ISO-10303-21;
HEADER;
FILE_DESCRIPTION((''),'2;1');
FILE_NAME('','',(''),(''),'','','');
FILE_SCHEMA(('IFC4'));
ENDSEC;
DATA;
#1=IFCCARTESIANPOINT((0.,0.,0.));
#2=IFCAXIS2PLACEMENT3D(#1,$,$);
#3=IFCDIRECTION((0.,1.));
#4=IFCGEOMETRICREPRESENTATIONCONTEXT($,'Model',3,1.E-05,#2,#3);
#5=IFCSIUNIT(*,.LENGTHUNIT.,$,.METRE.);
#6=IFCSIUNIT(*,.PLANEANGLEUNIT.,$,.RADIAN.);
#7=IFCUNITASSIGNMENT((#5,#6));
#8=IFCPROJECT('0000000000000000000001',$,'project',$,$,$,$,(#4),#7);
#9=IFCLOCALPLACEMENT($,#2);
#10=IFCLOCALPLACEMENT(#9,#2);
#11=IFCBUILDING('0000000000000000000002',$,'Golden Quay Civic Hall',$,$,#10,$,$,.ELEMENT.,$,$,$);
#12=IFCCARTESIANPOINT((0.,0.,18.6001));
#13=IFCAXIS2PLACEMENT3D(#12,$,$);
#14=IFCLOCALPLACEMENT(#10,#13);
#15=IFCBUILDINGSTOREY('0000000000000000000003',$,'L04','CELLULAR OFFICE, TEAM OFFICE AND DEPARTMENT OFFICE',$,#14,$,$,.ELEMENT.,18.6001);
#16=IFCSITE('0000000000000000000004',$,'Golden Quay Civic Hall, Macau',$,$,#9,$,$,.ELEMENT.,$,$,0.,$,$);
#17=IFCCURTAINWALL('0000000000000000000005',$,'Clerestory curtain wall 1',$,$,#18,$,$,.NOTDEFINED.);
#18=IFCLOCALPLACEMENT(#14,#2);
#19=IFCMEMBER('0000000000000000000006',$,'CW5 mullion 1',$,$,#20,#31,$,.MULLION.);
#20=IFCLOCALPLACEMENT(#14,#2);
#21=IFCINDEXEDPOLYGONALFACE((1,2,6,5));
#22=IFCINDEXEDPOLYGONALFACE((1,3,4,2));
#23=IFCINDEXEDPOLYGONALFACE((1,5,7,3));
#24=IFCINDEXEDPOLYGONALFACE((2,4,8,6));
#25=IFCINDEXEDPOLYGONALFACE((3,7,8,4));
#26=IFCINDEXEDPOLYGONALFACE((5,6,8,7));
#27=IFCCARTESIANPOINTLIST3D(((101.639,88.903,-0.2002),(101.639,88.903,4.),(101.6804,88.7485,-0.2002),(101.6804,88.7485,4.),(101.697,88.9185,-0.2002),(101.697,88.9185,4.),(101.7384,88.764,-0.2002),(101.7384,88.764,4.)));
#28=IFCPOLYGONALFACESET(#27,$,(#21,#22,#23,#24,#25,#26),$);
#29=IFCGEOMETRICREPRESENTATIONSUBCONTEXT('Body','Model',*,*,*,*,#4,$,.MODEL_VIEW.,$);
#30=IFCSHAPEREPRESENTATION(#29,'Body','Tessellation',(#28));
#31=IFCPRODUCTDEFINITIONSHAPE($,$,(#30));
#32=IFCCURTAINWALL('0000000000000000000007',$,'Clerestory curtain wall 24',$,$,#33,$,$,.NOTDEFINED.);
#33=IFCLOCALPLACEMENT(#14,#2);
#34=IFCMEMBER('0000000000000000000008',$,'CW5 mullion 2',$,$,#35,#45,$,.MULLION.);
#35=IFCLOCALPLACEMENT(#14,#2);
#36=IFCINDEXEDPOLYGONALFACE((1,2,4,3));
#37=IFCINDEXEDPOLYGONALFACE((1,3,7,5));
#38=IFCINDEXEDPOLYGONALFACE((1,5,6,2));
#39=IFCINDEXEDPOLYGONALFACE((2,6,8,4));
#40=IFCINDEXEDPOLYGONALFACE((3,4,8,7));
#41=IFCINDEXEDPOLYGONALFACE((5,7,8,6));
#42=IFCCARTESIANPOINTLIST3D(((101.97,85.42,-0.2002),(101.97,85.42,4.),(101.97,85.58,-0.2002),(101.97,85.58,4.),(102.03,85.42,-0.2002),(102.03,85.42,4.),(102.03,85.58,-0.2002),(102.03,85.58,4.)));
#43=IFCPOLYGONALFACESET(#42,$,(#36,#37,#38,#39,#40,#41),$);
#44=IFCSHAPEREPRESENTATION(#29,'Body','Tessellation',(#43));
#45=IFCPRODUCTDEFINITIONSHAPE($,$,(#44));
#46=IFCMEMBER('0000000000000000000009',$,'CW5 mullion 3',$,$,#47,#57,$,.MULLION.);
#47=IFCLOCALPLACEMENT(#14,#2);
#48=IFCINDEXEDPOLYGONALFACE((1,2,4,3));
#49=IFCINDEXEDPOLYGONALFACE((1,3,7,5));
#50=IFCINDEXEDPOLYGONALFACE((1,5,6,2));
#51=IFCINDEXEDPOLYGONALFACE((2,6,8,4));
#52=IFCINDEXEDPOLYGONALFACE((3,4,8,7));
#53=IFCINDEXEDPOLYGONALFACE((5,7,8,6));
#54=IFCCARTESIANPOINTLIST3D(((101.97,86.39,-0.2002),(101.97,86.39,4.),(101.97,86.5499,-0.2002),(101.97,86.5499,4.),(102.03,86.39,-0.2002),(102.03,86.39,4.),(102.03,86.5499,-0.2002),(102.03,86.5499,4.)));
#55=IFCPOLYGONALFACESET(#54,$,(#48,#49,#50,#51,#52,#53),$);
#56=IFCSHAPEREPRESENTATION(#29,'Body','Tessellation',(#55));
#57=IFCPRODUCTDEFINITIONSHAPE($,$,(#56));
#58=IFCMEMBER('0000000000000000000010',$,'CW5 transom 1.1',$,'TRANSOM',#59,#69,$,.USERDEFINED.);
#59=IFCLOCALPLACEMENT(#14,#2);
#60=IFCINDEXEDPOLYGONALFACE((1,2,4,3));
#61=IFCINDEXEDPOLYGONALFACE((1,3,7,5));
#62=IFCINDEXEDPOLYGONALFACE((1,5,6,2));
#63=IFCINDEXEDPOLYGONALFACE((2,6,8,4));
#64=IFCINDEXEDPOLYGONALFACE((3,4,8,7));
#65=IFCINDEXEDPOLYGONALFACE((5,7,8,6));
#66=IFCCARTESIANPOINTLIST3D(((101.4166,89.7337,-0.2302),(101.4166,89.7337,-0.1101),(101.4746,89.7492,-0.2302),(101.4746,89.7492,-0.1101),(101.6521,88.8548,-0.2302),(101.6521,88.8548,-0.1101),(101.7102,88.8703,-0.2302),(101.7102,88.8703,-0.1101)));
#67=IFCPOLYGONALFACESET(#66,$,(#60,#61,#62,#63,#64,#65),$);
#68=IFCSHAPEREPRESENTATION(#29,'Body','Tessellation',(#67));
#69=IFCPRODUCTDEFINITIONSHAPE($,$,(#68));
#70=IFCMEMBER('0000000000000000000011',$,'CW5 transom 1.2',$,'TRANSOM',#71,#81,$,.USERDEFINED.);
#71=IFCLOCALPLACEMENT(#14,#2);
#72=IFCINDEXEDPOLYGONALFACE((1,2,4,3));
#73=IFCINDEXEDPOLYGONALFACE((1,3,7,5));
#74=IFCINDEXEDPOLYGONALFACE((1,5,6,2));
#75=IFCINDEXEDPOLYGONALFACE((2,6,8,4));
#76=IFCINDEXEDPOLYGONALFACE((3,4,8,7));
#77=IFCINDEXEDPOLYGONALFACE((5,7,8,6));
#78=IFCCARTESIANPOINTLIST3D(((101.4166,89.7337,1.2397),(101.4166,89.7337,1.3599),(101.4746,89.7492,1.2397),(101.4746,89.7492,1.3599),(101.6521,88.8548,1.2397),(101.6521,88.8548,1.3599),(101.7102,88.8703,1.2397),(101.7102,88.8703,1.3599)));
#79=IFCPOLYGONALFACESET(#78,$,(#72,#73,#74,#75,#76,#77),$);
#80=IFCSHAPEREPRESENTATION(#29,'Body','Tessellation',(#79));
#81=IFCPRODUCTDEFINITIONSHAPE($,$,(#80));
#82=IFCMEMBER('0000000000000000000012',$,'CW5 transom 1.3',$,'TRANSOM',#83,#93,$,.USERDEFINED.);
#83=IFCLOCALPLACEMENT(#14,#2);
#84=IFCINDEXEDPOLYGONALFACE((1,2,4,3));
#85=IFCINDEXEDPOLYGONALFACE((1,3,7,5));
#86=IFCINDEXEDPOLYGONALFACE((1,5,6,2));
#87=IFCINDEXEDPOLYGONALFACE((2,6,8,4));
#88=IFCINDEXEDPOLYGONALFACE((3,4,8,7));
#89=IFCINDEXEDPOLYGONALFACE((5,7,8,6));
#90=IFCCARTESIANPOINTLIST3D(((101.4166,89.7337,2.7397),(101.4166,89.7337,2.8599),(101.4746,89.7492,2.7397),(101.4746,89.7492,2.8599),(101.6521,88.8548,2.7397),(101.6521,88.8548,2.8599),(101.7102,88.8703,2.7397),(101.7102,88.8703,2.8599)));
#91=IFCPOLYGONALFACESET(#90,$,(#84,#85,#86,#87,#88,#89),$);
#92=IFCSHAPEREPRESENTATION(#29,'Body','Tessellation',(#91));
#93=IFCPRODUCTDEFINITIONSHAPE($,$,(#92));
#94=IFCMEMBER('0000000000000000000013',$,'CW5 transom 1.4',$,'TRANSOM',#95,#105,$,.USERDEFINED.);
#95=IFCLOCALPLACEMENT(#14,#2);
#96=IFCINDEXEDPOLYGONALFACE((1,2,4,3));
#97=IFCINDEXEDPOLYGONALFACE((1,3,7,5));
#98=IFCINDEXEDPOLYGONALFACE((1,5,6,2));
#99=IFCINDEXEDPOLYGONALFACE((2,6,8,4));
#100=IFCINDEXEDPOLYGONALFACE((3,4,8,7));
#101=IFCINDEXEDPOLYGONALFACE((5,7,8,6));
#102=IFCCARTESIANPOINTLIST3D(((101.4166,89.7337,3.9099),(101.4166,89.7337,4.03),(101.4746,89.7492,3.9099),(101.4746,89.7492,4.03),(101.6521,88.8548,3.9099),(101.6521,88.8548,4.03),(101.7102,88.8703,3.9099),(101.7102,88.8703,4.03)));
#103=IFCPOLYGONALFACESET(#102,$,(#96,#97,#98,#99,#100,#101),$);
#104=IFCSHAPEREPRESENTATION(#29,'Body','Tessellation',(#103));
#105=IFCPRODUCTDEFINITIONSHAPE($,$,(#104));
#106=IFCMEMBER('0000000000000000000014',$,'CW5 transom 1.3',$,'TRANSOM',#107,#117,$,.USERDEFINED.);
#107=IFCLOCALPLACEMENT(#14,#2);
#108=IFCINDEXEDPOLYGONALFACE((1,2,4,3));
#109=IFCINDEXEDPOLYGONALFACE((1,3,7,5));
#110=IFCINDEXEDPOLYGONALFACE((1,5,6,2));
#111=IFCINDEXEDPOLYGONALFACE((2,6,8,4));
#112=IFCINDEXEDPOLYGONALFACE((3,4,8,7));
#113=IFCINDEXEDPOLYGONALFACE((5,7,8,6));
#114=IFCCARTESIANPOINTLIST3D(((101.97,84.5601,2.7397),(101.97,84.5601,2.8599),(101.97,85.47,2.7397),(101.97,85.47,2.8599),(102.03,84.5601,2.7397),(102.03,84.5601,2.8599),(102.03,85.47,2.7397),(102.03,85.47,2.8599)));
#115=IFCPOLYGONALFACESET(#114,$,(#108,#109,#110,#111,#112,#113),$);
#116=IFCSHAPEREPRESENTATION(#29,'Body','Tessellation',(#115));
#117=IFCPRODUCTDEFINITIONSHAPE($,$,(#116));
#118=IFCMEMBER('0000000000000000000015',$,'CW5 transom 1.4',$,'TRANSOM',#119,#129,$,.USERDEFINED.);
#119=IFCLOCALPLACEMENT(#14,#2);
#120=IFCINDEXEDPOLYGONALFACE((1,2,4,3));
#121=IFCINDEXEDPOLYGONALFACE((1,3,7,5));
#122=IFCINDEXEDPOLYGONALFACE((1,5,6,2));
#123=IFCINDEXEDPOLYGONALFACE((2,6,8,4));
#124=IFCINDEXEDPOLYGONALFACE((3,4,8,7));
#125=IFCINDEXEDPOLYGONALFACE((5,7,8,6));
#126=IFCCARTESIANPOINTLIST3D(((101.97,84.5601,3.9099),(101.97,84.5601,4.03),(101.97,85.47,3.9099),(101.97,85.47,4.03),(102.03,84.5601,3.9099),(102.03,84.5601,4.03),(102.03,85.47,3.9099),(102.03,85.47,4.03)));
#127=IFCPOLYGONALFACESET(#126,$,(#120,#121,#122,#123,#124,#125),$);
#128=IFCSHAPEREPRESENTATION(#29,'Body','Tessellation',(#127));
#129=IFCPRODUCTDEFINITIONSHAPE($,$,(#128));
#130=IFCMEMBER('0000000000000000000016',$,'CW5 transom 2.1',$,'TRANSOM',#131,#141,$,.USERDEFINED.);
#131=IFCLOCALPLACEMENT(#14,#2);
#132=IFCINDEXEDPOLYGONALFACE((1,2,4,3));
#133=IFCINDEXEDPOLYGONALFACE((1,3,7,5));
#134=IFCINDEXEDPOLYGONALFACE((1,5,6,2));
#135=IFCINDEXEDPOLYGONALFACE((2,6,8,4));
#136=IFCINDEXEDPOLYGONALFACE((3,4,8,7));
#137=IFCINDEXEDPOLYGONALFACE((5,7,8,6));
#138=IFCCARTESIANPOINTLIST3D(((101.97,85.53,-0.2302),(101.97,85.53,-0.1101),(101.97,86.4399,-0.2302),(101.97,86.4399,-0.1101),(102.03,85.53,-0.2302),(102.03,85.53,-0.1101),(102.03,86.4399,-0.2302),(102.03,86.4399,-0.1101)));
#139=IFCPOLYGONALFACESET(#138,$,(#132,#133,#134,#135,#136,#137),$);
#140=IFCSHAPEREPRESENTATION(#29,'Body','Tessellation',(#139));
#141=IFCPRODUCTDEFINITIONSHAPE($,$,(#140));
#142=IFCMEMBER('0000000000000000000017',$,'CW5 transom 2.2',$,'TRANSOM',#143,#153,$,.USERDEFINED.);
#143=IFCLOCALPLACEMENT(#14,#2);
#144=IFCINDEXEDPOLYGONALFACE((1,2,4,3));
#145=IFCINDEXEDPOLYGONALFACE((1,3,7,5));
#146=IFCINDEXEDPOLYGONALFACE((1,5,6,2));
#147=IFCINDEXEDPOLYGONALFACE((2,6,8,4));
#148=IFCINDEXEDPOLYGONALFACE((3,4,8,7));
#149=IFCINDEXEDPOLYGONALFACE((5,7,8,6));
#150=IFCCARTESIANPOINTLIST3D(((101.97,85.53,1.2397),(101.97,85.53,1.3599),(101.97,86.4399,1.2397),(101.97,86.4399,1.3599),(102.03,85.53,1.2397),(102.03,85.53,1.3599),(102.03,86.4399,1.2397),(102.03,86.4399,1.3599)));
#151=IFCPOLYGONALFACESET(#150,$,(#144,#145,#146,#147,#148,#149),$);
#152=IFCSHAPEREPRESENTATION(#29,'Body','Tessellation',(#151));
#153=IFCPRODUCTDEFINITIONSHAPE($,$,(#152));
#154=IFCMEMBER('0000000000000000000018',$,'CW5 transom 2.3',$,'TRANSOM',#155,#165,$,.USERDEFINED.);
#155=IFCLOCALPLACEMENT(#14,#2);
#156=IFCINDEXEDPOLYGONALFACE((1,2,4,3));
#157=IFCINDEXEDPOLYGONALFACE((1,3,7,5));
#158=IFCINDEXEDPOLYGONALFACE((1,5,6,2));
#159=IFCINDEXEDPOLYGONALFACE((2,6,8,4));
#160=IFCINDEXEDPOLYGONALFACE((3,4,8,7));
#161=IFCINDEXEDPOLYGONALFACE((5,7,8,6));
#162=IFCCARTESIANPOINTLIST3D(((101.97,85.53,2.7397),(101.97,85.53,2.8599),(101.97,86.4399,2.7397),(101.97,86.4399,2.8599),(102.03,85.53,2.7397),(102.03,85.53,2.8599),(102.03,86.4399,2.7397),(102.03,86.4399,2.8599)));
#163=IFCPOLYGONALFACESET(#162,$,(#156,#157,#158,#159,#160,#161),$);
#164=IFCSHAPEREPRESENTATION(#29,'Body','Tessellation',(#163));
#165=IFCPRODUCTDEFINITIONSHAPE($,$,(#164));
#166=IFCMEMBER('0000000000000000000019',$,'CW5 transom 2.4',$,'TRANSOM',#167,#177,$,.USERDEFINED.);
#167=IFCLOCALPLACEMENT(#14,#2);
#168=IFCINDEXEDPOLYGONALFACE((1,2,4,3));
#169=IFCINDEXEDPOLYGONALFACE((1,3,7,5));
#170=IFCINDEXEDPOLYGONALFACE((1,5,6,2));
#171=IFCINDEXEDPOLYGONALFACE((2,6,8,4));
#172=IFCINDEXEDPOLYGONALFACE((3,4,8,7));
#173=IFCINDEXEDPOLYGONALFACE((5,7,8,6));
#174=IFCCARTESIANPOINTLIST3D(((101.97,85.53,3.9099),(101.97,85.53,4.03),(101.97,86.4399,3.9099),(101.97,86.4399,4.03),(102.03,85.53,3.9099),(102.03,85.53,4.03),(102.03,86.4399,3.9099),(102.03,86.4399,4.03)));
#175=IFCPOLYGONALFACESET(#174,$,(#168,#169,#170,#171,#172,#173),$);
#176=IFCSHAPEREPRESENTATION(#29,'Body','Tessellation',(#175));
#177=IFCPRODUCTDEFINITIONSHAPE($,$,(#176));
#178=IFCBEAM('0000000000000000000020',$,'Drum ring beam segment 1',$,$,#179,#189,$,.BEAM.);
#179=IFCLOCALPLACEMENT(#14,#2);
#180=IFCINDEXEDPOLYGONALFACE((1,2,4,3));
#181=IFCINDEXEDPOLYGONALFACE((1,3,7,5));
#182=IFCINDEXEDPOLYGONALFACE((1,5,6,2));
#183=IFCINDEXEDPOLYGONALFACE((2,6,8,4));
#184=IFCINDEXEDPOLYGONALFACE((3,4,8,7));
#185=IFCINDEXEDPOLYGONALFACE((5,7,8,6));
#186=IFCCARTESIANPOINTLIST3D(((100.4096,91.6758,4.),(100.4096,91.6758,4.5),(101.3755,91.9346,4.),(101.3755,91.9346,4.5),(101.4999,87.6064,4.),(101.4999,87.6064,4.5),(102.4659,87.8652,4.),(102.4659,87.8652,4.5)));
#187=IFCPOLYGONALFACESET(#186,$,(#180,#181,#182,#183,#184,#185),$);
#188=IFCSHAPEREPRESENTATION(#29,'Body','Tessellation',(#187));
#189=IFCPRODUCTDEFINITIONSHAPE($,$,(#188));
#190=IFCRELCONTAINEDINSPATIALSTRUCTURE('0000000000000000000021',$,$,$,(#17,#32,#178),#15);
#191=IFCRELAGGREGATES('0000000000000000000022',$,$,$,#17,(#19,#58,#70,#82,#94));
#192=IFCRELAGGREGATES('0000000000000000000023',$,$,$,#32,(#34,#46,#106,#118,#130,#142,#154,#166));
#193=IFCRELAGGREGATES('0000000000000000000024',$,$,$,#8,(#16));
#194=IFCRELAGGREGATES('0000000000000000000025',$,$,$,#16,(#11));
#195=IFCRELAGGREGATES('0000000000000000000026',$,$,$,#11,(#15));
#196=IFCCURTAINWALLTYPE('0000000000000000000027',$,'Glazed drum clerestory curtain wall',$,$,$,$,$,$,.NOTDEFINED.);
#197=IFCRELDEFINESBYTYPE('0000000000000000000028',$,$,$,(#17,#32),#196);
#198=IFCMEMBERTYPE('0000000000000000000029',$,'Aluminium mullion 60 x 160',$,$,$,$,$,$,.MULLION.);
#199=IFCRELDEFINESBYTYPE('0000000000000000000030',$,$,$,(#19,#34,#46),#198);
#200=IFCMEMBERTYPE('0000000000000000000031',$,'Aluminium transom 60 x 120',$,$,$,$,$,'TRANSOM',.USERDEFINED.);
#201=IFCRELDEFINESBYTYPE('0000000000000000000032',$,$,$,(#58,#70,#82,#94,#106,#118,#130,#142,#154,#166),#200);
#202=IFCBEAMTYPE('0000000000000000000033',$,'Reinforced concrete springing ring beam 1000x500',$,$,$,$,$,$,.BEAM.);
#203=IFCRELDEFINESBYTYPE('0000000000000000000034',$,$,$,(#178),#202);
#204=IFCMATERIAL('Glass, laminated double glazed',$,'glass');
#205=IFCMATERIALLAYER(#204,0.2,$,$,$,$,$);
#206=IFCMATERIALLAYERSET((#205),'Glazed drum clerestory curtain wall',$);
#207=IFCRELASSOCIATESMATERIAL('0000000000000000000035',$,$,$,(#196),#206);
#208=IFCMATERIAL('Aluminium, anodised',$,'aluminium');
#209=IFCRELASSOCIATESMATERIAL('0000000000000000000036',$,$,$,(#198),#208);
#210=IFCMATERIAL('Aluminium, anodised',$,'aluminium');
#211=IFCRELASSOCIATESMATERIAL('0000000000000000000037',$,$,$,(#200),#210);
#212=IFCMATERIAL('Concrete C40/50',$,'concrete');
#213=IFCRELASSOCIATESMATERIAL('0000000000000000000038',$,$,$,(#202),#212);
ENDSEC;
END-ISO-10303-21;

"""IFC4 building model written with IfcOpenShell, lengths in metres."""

from ifc_helpers import new_model, si_unit, direction, frame, origin, origin_2d, place, context, subcontext, project, spatial, rectangle, extrude, material, layer, layer_set, material_profile, profile_set, type_object, element, aggregate, save


model = new_model("IFC4")

# Units and contexts
model_context = context("Model", 3, precision=1e-05, world=origin(), true_north=direction((0.0, 1.0)))
body_context = subcontext(model_context, "Body", "Model", "MODEL_VIEW")
ifc_project = project(units=[si_unit("LENGTHUNIT", "METRE"), si_unit("PLANEANGLEUNIT", "RADIAN")], contexts=[model_context])

# Site, building, storey
site_placement = place(None, origin())
site = spatial("IfcSite", under=ifc_project, at=site_placement, Name="Golden Quay Civic Hall, Macau", CompositionType="ELEMENT", RefElevation=0.0)
building_placement = place(site_placement, origin())
building = spatial("IfcBuilding", under=site, at=building_placement, Name="Golden Quay Civic Hall", CompositionType="ELEMENT")
storey_placement = place(building_placement, frame((0.0, 0.0, 18.6001)))
storey = spatial("IfcBuildingStorey", under=building, at=storey_placement, Name="L04", Description="CELLULAR OFFICE, TEAM OFFICE AND DEPARTMENT OFFICE", CompositionType="ELEMENT", Elevation=18.6001)

# Curtain wall, member
ifc_material_1 = material(Name="Glass, laminated double glazed", Category="glass")
ifc_layer_1 = layer(ifc_material_1, 0.2)
ifc_layer_set_1 = layer_set([ifc_layer_1], Name="Glazed drum clerestory curtain wall")
curtain_wall_type = type_object("IfcCurtainWallType", Name="Glazed drum clerestory curtain wall", PredefinedType="NOTDEFINED", material=ifc_layer_set_1)
curtain_wall_1_placement = place(storey_placement, origin())
curtain_wall_1 = element("IfcCurtainWall", 1, at=curtain_wall_1_placement, inside=storey, type_object=curtain_wall_type, Name="Clerestory curtain wall 1", PredefinedType="NOTDEFINED")
ifc_material_2 = material(Name="Aluminium, anodised", Category="aluminium")
ifc_material_profile_1 = material_profile(ifc_material_2, rectangle(XDim=0.0601, YDim=0.1599, at=origin_2d()), Name="Aluminium 60 x 160")
ifc_profile_set_1 = profile_set([ifc_material_profile_1], Name="Aluminium, anodised")
member_type_1 = type_object("IfcMemberType", Name="Aluminium mullion 60 x 160", PredefinedType="MULLION", material=ifc_profile_set_1)
member_1_placement = place(storey_placement, frame((101.6887, 88.8335, -0.2002), z_axis=(0.0, 0.0, 1.0), x_axis=(-0.965929, -0.258808, 0.0)))
member_1 = element("IfcMember", 2, at=member_1_placement, type_object=member_type_1, Name="CW5 mullion 1", PredefinedType="MULLION", context=body_context, shape_type="SweptSolid", body=[
    extrude(rectangle(XDim=0.0601, YDim=0.1599, at=origin_2d()), origin(), (0.0, 0.0, 1.0), 4.2002),
])

# Curtain wall, members
curtain_wall_2_placement = place(storey_placement, origin())
curtain_wall_2 = element("IfcCurtainWall", 3, at=curtain_wall_2_placement, inside=storey, type_object=curtain_wall_type, Name="Clerestory curtain wall 24", PredefinedType="NOTDEFINED")
member_2_placement = place(storey_placement, frame((102.0, 85.5, -0.2002), z_axis=(0.0, 0.0, 1.0), x_axis=(-1.0, 0.0, 0.0)))
member_2 = element("IfcMember", 4, at=member_2_placement, type_object=member_type_1, Name="CW5 mullion 2", PredefinedType="MULLION", context=body_context, shape_type="SweptSolid", body=[
    extrude(rectangle(XDim=0.0601, YDim=0.1599, at=origin_2d()), origin(), (0.0, 0.0, 1.0), 4.2002),
])
member_3_placement = place(storey_placement, frame((102.0, 86.47, -0.2002), z_axis=(0.0, 0.0, 1.0), x_axis=(-1.0, 0.0, 0.0)))
member_3 = element("IfcMember", 5, at=member_3_placement, type_object=member_type_1, Name="CW5 mullion 3", PredefinedType="MULLION", context=body_context, shape_type="SweptSolid", body=[
    extrude(rectangle(XDim=0.0601, YDim=0.1599, at=origin_2d()), origin(), (0.0, 0.0, 1.0), 4.2002),
])

# Members
ifc_material_3 = material(Name="Aluminium, anodised", Category="aluminium")
ifc_material_profile_2 = material_profile(ifc_material_3, rectangle(XDim=0.0601, YDim=0.1201, at=origin_2d()), Name="Aluminium 60 x 120")
ifc_profile_set_2 = profile_set([ifc_material_profile_2], Name="Aluminium, anodised")
member_type_2 = type_object("IfcMemberType", Name="Aluminium transom 60 x 120", ElementType="TRANSOM", PredefinedType="USERDEFINED", material=ifc_profile_set_2)
member_4_placement = place(storey_placement, frame((101.6812, 88.8625, -0.1702), z_axis=(-0.258915, 0.9659, 0.0), x_axis=(-0.9659, -0.258915, 0.0)))
member_4 = element("IfcMember", 6, at=member_4_placement, type_object=member_type_2, Name="CW5 transom 1.1", ObjectType="TRANSOM", PredefinedType="USERDEFINED", context=body_context, shape_type="SweptSolid", body=[
    extrude(rectangle(XDim=0.0601, YDim=0.1201, at=origin_2d()), origin(), (0.0, 0.0, 1.0), 0.9099),
])
member_5_placement = place(storey_placement, frame((101.6812, 88.8625, 1.2998), z_axis=(-0.258915, 0.9659, 0.0), x_axis=(-0.9659, -0.258915, 0.0)))
member_5 = element("IfcMember", 7, at=member_5_placement, type_object=member_type_2, Name="CW5 transom 1.2", ObjectType="TRANSOM", PredefinedType="USERDEFINED", context=body_context, shape_type="SweptSolid", body=[
    extrude(rectangle(XDim=0.0601, YDim=0.1201, at=origin_2d()), origin(), (0.0, 0.0, 1.0), 0.9099),
])
member_6_placement = place(storey_placement, frame((101.6812, 88.8625, 2.7998), z_axis=(-0.258915, 0.9659, 0.0), x_axis=(-0.9659, -0.258915, 0.0)))
member_6 = element("IfcMember", 8, at=member_6_placement, type_object=member_type_2, Name="CW5 transom 1.3", ObjectType="TRANSOM", PredefinedType="USERDEFINED", context=body_context, shape_type="SweptSolid", body=[
    extrude(rectangle(XDim=0.0601, YDim=0.1201, at=origin_2d()), origin(), (0.0, 0.0, 1.0), 0.9099),
])
member_7_placement = place(storey_placement, frame((101.6812, 88.8625, 3.97), z_axis=(-0.258915, 0.9659, 0.0), x_axis=(-0.9659, -0.258915, 0.0)))
member_7 = element("IfcMember", 9, at=member_7_placement, type_object=member_type_2, Name="CW5 transom 1.4", ObjectType="TRANSOM", PredefinedType="USERDEFINED", context=body_context, shape_type="SweptSolid", body=[
    extrude(rectangle(XDim=0.0601, YDim=0.1201, at=origin_2d()), origin(), (0.0, 0.0, 1.0), 0.9099),
])
aggregate(curtain_wall_1, [member_1, member_4, member_5, member_6, member_7])
member_8_placement = place(storey_placement, frame((102.0, 84.5601, 2.7998), z_axis=(0.0, 1.0, 0.0), x_axis=(-1.0, 0.0, 0.0)))
member_8 = element("IfcMember", 10, at=member_8_placement, type_object=member_type_2, Name="CW5 transom 1.3", ObjectType="TRANSOM", PredefinedType="USERDEFINED", context=body_context, shape_type="SweptSolid", body=[
    extrude(rectangle(XDim=0.0601, YDim=0.1201, at=origin_2d()), origin(), (0.0, 0.0, 1.0), 0.9099),
])
member_9_placement = place(storey_placement, frame((102.0, 84.5601, 3.97), z_axis=(0.0, 1.0, 0.0), x_axis=(-1.0, 0.0, 0.0)))
member_9 = element("IfcMember", 11, at=member_9_placement, type_object=member_type_2, Name="CW5 transom 1.4", ObjectType="TRANSOM", PredefinedType="USERDEFINED", context=body_context, shape_type="SweptSolid", body=[
    extrude(rectangle(XDim=0.0601, YDim=0.1201, at=origin_2d()), origin(), (0.0, 0.0, 1.0), 0.9099),
])
member_10_placement = place(storey_placement, frame((102.0, 85.53, -0.1702), z_axis=(0.0, 1.0, 0.0), x_axis=(-1.0, 0.0, 0.0)))
member_10 = element("IfcMember", 12, at=member_10_placement, type_object=member_type_2, Name="CW5 transom 2.1", ObjectType="TRANSOM", PredefinedType="USERDEFINED", context=body_context, shape_type="SweptSolid", body=[
    extrude(rectangle(XDim=0.0601, YDim=0.1201, at=origin_2d()), origin(), (0.0, 0.0, 1.0), 0.9099),
])
member_11_placement = place(storey_placement, frame((102.0, 85.53, 1.2998), z_axis=(0.0, 1.0, 0.0), x_axis=(-1.0, 0.0, 0.0)))
member_11 = element("IfcMember", 13, at=member_11_placement, type_object=member_type_2, Name="CW5 transom 2.2", ObjectType="TRANSOM", PredefinedType="USERDEFINED", context=body_context, shape_type="SweptSolid", body=[
    extrude(rectangle(XDim=0.0601, YDim=0.1201, at=origin_2d()), origin(), (0.0, 0.0, 1.0), 0.9099),
])
member_12_placement = place(storey_placement, frame((102.0, 85.53, 2.7998), z_axis=(0.0, 1.0, 0.0), x_axis=(-1.0, 0.0, 0.0)))
member_12 = element("IfcMember", 14, at=member_12_placement, type_object=member_type_2, Name="CW5 transom 2.3", ObjectType="TRANSOM", PredefinedType="USERDEFINED", context=body_context, shape_type="SweptSolid", body=[
    extrude(rectangle(XDim=0.0601, YDim=0.1201, at=origin_2d()), origin(), (0.0, 0.0, 1.0), 0.9099),
])
member_13_placement = place(storey_placement, frame((102.0, 85.53, 3.97), z_axis=(0.0, 1.0, 0.0), x_axis=(-1.0, 0.0, 0.0)))
member_13 = element("IfcMember", 15, at=member_13_placement, type_object=member_type_2, Name="CW5 transom 2.4", ObjectType="TRANSOM", PredefinedType="USERDEFINED", context=body_context, shape_type="SweptSolid", body=[
    extrude(rectangle(XDim=0.0601, YDim=0.1201, at=origin_2d()), origin(), (0.0, 0.0, 1.0), 0.9099),
])

# Beam
ifc_material_4 = material(Name="Concrete C40/50", Category="concrete")
ifc_material_profile_3 = material_profile(ifc_material_4, rectangle(XDim=1.0, YDim=0.5, at=origin_2d()), Name="RC 1000x500")
ifc_profile_set_3 = profile_set([ifc_material_profile_3], Name="Concrete C40/50")
beam_type = type_object("IfcBeamType", Name="Reinforced concrete springing ring beam 1000x500", PredefinedType="BEAM", material=ifc_profile_set_3)
beam_placement = place(storey_placement, frame((101.9829, 87.7358, 4.25), z_axis=(-0.258809, 0.965928, 0.0), x_axis=(-0.965928, -0.258809, 0.0)))
element("IfcBeam", 16, at=beam_placement, inside=storey, type_object=beam_type, Name="Drum ring beam segment 1", PredefinedType="BEAM", context=body_context, shape_type="SweptSolid", body=[
    extrude(rectangle(XDim=1.0, YDim=0.5, at=origin_2d()), origin(), (0.0, 0.0, 1.0), 4.2129),
])

aggregate(curtain_wall_2, [member_2, member_3, member_8, member_9, member_10, member_11, member_12, member_13])

save(model, "model.ifc")
